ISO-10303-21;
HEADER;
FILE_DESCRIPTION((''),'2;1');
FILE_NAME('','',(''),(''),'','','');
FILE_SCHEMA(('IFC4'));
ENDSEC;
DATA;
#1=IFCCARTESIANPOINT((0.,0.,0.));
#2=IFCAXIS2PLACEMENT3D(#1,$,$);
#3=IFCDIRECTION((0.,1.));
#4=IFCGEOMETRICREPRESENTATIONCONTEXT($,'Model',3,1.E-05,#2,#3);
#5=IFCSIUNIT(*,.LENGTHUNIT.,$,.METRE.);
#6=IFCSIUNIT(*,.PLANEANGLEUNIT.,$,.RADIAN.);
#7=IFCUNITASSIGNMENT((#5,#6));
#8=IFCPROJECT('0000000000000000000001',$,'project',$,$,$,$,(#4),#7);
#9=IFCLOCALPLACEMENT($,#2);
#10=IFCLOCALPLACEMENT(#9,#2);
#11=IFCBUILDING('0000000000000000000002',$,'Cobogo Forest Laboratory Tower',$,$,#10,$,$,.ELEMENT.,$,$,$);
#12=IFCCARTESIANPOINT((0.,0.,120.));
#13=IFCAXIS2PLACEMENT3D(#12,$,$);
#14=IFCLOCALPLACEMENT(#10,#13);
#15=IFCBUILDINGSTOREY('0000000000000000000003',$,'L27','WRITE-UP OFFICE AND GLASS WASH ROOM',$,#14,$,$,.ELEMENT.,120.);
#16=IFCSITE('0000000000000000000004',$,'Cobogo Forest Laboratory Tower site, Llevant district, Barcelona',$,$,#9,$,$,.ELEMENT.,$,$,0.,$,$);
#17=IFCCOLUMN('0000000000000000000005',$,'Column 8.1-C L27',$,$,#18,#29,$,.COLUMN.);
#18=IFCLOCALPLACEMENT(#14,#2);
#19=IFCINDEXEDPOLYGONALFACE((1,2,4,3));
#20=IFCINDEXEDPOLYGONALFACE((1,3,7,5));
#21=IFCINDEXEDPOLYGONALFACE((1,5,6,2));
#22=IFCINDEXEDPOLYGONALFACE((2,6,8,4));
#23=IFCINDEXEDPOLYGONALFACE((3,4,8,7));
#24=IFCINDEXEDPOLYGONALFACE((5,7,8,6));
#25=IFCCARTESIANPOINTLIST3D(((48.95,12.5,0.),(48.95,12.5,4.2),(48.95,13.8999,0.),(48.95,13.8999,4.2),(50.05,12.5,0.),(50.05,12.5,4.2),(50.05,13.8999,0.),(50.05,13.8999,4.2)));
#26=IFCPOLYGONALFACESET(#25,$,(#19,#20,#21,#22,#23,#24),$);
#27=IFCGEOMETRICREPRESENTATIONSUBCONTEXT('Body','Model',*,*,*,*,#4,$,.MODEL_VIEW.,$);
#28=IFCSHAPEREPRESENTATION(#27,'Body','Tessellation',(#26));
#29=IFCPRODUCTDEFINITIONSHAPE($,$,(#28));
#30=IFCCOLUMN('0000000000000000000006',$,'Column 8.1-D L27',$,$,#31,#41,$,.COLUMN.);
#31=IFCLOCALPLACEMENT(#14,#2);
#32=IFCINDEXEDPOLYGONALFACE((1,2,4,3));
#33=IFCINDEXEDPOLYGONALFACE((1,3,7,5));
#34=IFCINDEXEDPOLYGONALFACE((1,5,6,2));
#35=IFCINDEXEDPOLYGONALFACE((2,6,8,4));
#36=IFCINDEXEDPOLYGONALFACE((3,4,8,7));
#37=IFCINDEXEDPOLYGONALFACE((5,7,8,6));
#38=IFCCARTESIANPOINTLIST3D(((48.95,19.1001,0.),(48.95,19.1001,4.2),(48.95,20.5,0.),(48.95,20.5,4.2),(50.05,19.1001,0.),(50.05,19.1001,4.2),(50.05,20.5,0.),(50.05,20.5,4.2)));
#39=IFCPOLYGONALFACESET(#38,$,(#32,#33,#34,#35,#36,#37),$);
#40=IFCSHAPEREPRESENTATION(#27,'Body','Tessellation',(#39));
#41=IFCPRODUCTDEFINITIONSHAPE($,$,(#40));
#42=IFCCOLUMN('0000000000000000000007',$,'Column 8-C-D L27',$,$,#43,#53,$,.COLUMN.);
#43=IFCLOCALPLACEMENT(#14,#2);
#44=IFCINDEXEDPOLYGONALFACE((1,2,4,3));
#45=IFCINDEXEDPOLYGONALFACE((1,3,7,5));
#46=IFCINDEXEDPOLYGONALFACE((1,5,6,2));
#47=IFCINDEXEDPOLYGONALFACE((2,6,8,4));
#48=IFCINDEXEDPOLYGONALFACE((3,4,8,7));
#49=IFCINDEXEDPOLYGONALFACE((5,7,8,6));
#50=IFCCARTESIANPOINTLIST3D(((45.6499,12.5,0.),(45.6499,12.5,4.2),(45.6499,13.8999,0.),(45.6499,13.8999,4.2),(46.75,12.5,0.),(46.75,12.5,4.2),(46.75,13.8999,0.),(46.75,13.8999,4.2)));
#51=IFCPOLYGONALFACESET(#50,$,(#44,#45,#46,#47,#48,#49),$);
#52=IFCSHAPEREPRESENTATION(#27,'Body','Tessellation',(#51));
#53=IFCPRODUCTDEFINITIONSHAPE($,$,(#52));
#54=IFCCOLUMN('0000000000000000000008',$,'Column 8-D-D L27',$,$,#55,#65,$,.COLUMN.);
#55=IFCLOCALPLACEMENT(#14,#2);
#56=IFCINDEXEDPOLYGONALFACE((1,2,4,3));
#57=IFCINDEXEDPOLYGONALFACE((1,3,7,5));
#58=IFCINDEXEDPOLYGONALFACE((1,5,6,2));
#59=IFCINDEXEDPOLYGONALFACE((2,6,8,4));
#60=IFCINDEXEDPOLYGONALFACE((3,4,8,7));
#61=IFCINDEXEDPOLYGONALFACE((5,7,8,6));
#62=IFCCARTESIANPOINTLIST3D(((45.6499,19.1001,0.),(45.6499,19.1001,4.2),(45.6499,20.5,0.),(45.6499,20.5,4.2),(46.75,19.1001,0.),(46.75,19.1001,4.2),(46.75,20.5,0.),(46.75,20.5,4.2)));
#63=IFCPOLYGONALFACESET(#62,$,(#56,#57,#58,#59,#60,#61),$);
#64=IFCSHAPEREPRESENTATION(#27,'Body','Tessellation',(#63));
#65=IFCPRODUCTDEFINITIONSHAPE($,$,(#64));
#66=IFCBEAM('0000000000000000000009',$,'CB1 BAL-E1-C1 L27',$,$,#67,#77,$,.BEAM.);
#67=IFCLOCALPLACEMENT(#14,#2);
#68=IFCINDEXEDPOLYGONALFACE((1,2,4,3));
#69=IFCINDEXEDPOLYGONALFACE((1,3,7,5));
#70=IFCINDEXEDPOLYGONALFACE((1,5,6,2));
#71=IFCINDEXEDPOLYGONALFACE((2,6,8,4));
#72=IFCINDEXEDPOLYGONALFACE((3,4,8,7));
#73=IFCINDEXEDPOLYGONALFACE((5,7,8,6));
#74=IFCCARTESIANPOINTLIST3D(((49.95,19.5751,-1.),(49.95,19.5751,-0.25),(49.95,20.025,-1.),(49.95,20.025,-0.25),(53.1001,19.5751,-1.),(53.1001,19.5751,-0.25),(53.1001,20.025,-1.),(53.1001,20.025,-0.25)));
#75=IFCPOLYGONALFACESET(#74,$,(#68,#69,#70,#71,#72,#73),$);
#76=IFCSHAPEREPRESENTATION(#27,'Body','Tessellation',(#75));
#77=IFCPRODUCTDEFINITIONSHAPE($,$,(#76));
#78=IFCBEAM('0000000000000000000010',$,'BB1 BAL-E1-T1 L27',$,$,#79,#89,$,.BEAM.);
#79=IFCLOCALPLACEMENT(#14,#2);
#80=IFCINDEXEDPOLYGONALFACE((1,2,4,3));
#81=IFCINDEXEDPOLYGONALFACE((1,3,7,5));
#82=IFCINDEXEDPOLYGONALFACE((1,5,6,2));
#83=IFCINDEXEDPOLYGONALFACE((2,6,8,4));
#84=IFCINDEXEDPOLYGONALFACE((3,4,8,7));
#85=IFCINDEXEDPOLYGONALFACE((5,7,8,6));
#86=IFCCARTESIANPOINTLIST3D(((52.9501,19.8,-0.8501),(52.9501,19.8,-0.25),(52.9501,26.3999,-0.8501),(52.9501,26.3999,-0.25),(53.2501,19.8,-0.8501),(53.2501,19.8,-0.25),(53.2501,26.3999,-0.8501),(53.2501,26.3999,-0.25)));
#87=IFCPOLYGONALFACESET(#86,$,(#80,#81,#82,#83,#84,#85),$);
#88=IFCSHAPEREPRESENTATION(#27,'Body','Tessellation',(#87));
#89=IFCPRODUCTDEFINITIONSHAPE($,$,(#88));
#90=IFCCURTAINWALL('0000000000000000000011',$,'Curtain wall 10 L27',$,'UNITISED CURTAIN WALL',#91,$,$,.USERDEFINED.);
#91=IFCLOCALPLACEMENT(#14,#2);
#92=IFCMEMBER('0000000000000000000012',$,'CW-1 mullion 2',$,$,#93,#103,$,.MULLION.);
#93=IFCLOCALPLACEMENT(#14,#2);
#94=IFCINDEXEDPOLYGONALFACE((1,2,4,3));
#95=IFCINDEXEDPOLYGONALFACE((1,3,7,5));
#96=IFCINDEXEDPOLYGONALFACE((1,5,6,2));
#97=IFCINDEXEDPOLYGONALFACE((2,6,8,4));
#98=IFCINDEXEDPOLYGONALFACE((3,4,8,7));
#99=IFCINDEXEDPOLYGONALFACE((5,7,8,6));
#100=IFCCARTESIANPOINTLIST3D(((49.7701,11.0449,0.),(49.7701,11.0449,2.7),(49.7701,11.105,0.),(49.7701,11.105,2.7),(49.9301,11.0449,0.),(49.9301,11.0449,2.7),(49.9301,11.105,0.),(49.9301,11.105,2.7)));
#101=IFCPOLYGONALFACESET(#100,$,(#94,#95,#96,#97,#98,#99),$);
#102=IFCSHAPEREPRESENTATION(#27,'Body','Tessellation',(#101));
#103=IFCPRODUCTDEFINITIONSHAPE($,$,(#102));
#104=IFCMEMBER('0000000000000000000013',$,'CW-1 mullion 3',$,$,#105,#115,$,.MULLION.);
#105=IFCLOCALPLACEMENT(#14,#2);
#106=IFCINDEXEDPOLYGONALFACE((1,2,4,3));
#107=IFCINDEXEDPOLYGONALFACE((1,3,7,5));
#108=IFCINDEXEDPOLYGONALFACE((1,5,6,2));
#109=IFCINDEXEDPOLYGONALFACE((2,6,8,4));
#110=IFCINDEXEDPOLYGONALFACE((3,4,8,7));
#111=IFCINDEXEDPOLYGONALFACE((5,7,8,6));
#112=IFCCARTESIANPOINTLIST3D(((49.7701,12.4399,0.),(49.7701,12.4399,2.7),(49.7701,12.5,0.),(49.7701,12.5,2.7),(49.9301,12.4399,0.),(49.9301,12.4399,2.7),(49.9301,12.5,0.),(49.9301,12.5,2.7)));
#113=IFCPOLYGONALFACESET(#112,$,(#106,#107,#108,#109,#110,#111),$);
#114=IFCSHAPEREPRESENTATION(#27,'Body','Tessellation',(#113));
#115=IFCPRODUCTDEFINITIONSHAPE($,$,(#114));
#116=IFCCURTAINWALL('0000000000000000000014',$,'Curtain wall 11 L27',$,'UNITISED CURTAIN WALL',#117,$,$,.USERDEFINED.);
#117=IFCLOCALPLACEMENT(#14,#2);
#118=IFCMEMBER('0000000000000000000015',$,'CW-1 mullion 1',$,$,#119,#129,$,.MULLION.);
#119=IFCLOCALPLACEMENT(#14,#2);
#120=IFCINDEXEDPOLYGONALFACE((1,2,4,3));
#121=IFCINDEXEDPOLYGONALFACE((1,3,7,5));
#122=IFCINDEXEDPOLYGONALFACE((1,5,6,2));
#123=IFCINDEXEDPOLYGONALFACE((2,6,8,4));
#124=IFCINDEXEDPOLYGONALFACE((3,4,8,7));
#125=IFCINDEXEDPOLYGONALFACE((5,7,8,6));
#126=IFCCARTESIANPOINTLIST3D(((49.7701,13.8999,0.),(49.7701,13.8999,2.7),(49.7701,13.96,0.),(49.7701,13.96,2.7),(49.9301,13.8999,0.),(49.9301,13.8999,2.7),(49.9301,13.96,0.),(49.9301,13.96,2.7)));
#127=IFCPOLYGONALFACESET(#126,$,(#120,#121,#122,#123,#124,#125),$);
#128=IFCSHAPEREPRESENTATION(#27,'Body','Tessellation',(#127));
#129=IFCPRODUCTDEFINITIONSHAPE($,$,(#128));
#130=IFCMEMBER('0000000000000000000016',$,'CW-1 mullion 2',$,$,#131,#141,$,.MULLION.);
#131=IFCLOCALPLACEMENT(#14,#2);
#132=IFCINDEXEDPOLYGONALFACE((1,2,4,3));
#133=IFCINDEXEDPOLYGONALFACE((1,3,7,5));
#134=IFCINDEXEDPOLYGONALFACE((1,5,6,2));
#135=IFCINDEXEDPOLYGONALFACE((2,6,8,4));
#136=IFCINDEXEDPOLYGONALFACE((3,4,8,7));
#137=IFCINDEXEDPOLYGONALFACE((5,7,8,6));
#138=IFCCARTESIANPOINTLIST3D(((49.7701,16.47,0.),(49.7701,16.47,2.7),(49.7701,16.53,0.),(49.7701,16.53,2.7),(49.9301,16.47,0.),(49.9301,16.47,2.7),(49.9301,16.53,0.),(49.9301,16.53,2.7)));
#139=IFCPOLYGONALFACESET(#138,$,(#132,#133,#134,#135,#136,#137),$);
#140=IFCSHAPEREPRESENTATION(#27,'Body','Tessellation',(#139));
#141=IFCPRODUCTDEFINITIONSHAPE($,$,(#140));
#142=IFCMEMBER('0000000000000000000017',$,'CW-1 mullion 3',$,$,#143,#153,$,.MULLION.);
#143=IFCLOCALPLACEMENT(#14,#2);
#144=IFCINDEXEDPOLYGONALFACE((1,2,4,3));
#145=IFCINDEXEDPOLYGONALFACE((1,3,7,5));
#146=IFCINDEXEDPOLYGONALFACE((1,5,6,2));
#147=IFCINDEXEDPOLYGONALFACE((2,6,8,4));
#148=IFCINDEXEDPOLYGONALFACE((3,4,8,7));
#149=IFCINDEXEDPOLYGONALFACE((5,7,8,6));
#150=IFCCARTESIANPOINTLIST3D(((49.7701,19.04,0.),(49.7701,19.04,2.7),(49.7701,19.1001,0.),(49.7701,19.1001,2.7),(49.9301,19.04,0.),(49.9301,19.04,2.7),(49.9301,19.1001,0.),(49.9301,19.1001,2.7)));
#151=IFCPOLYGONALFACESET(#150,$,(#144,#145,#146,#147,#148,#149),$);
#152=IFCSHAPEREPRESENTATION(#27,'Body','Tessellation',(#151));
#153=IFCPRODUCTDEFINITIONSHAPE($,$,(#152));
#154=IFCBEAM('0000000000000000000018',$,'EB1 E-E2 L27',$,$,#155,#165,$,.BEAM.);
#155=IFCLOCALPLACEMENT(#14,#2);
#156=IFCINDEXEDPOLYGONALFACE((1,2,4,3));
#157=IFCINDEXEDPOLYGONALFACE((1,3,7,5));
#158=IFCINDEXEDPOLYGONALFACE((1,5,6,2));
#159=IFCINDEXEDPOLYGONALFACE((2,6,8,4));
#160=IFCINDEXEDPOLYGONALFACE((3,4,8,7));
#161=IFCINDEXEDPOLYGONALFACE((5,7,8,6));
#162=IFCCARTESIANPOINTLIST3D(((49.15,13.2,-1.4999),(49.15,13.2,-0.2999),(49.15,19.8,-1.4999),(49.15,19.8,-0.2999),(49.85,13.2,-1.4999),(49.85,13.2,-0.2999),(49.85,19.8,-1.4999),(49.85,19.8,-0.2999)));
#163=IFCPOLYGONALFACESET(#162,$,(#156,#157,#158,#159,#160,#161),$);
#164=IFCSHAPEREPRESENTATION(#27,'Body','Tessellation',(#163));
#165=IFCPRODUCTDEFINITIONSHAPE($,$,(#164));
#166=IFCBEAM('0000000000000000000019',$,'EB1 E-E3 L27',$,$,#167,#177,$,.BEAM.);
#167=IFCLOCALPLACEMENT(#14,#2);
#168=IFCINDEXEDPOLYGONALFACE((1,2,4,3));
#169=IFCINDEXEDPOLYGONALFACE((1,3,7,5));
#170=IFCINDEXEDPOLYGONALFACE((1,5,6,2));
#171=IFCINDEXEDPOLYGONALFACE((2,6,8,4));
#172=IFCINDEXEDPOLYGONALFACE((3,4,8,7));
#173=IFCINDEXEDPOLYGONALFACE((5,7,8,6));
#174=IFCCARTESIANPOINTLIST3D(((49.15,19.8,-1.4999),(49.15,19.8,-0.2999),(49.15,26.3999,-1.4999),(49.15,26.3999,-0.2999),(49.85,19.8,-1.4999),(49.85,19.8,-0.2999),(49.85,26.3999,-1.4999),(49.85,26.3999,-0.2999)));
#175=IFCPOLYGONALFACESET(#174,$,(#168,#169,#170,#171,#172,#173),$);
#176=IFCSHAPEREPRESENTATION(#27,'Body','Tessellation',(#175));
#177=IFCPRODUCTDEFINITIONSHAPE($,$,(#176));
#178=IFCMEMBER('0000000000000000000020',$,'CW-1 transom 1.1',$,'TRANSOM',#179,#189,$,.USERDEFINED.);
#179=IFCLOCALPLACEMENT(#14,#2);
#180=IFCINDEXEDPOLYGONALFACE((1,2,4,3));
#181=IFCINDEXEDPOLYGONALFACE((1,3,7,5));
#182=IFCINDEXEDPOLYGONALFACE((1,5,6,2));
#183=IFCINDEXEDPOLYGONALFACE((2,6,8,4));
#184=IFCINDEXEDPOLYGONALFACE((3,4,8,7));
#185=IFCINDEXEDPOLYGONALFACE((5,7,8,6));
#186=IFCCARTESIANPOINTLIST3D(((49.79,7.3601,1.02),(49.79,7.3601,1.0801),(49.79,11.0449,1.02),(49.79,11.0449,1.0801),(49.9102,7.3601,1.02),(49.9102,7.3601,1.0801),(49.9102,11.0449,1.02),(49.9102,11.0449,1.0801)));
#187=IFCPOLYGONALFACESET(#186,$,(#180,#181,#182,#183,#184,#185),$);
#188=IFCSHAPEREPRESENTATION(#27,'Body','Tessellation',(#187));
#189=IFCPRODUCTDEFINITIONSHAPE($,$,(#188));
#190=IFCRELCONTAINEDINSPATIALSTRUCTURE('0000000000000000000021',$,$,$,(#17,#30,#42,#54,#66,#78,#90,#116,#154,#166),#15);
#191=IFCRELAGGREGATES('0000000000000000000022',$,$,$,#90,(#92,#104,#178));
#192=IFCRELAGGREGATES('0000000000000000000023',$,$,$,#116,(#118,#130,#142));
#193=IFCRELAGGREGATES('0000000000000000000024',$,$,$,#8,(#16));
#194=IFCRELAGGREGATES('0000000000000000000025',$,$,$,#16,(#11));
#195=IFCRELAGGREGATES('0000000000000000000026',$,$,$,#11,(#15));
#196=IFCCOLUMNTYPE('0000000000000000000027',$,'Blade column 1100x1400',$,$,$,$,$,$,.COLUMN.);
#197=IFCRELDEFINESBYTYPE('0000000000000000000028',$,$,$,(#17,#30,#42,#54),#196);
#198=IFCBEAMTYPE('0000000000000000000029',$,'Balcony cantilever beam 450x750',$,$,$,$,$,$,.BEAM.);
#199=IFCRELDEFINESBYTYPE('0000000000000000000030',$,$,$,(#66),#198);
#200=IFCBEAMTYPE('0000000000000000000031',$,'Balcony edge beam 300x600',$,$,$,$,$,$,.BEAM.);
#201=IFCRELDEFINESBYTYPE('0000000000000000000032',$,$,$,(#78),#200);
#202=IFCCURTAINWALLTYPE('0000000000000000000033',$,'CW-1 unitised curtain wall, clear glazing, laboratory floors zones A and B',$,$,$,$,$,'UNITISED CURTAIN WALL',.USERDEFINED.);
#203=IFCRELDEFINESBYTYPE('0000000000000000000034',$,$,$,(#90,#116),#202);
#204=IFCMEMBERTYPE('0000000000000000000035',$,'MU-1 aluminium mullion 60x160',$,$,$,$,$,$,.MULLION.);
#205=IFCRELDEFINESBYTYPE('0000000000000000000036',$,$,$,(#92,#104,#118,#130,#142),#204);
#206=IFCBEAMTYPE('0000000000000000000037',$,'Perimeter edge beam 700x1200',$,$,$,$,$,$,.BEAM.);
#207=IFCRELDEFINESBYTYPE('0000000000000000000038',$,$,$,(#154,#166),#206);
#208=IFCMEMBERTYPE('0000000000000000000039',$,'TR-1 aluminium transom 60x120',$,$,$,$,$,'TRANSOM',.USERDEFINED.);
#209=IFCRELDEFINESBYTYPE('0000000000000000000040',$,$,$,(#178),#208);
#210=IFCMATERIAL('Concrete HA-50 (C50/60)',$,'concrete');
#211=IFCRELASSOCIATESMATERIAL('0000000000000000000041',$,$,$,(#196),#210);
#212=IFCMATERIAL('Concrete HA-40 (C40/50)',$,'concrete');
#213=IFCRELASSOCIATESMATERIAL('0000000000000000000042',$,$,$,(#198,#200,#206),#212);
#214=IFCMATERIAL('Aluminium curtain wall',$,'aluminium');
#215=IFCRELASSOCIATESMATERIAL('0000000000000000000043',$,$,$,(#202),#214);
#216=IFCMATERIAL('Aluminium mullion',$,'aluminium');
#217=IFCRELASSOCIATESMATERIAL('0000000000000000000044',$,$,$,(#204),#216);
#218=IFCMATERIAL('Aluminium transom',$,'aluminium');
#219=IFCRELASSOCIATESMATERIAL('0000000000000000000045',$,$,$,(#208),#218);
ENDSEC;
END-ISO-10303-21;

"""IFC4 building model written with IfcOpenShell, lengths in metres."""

from ifc_helpers import new_model, si_unit, direction, frame, origin, origin_2d, place, context, subcontext, project, spatial, rectangle, extrude, material, material_profile, profile_set, type_object, element, aggregate, save


model = new_model("IFC4")

# Units and contexts
model_context = context("Model", 3, precision=1e-05, world=origin(), true_north=direction((0.0, 1.0)))
body_context = subcontext(model_context, "Body", "Model", "MODEL_VIEW")
ifc_project = project(units=[si_unit("LENGTHUNIT", "METRE"), si_unit("PLANEANGLEUNIT", "RADIAN")], contexts=[model_context])

# Site, building, storey
site_placement = place(None, origin())
site = spatial("IfcSite", under=ifc_project, at=site_placement, Name="Cobogo Forest Laboratory Tower site, Llevant district, Barcelona", CompositionType="ELEMENT", RefElevation=0.0)
building_placement = place(site_placement, origin())
building = spatial("IfcBuilding", under=site, at=building_placement, Name="Cobogo Forest Laboratory Tower", CompositionType="ELEMENT")
storey_placement = place(building_placement, frame((0.0, 0.0, 120.0)))
storey = spatial("IfcBuildingStorey", under=building, at=storey_placement, Name="L27", Description="WRITE-UP OFFICE AND GLASS WASH ROOM", CompositionType="ELEMENT", Elevation=120.0)

# Columns
ifc_material_1 = material(Name="Concrete HA-50 (C50/60)", Category="concrete")
ifc_material_profile_1 = material_profile(ifc_material_1, rectangle(XDim=1.3999, YDim=1.1001, at=origin_2d()), Name="RC 1100x1400")
ifc_profile_set_1 = profile_set([ifc_material_profile_1], Name="Concrete HA-50 (C50/60)")
column_type = type_object("IfcColumnType", Name="Blade column 1100x1400", PredefinedType="COLUMN", material=ifc_profile_set_1)
for number, where, z_axis, x_axis, name in (
    (1, (49.5, 13.2, 0.0), (0.0, 0.0, 1.0), (0.0, 1.0, 0.0), "Column 8.1-C L27"),
    (2, (49.5, 19.8, 0.0), (0.0, 0.0, 1.0), (0.0, 1.0, 0.0), "Column 8.1-D L27"),
    (3, (46.2, 13.2, 0.0), (0.0, 0.0, 1.0), (0.0, 1.0, 0.0), "Column 8-C-D L27"),
    (4, (46.2, 19.8, 0.0), (0.0, 0.0, 1.0), (0.0, 1.0, 0.0), "Column 8-D-D L27"),
):
    element("IfcColumn", number, at=place(storey_placement, frame(where, z_axis=z_axis, x_axis=x_axis)), inside=storey, type_object=column_type, Name=name, PredefinedType="COLUMN", context=body_context, shape_type="SweptSolid", body=[
        extrude(rectangle(XDim=1.3999, YDim=1.1001, at=origin_2d()), origin(), (0.0, 0.0, 1.0), 4.2),
    ])

# Beams
ifc_material_2 = material(Name="Concrete HA-40 (C40/50)", Category="concrete")
ifc_material_profile_2 = material_profile(ifc_material_2, rectangle(XDim=0.45, YDim=0.75, at=origin_2d()), Name="RC 450x750")
ifc_profile_set_2 = profile_set([ifc_material_profile_2], Name="Concrete HA-40 (C40/50)")
beam_type_1 = type_object("IfcBeamType", Name="Balcony cantilever beam 450x750", PredefinedType="BEAM", material=ifc_profile_set_2)
beam_1_placement = place(storey_placement, frame((49.95, 19.8, -0.625), z_axis=(1.0, 0.0, 0.0), x_axis=(0.0, 1.0, 0.0)))
element("IfcBeam", 5, at=beam_1_placement, inside=storey, type_object=beam_type_1, Name="CB1 BAL-E1-C1 L27", PredefinedType="BEAM", context=body_context, shape_type="SweptSolid", body=[
    extrude(rectangle(XDim=0.45, YDim=0.75, at=origin_2d()), origin(), (0.0, 0.0, 1.0), 3.1501),
])
ifc_material_profile_3 = material_profile(ifc_material_2, rectangle(XDim=0.3, YDim=0.6001, at=origin_2d()), Name="RC 300x600")
ifc_profile_set_3 = profile_set([ifc_material_profile_3], Name="Concrete HA-40 (C40/50)")
beam_type_2 = type_object("IfcBeamType", Name="Balcony edge beam 300x600", PredefinedType="BEAM", material=ifc_profile_set_3)
beam_2_placement = place(storey_placement, frame((53.1001, 19.8, -0.55), z_axis=(0.0, 1.0, 0.0), x_axis=(-1.0, 0.0, 0.0)))
element("IfcBeam", 6, at=beam_2_placement, inside=storey, type_object=beam_type_2, Name="BB1 BAL-E1-T1 L27", PredefinedType="BEAM", context=body_context, shape_type="SweptSolid", body=[
    extrude(rectangle(XDim=0.3, YDim=0.6001, at=origin_2d()), origin(), (0.0, 0.0, 1.0), 6.5999),
])

# Curtain walls, members
ifc_material_3 = material(Name="Aluminium curtain wall", Category="aluminium")
curtain_wall_type = type_object("IfcCurtainWallType", Name="CW-1 unitised curtain wall, clear glazing, laboratory floors zones A and B", ElementType="UNITISED CURTAIN WALL", PredefinedType="USERDEFINED", material=ifc_material_3)
curtain_wall_1_placement = place(storey_placement, origin())
curtain_wall_1 = element("IfcCurtainWall", 7, at=curtain_wall_1_placement, inside=storey, type_object=curtain_wall_type, Name="Curtain wall 10 L27", ObjectType="UNITISED CURTAIN WALL", PredefinedType="USERDEFINED")
ifc_material_4 = material(Name="Aluminium mullion", Category="aluminium")
ifc_material_profile_4 = material_profile(ifc_material_4, rectangle(XDim=0.0601, YDim=0.1599, at=origin_2d()), Name="AL 60x160")
ifc_profile_set_4 = profile_set([ifc_material_profile_4], Name="Aluminium mullion")
member_type_1 = type_object("IfcMemberType", Name="MU-1 aluminium mullion 60x160", PredefinedType="MULLION", material=ifc_profile_set_4)
member_1_placement = place(storey_placement, frame((49.8501, 11.075, 0.0), z_axis=(0.0, 0.0, 1.0), x_axis=(0.0, 1.0, 0.0)))
member_1 = element("IfcMember", 8, at=member_1_placement, type_object=member_type_1, Name="CW-1 mullion 2", PredefinedType="MULLION", context=body_context, shape_type="SweptSolid", body=[
    extrude(rectangle(XDim=0.0601, YDim=0.1599, at=origin_2d()), origin(), (0.0, 0.0, 1.0), 2.7),
])
member_2_placement = place(storey_placement, frame((49.8501, 12.47, 0.0), z_axis=(0.0, 0.0, 1.0), x_axis=(0.0, 1.0, 0.0)))
member_2 = element("IfcMember", 9, at=member_2_placement, type_object=member_type_1, Name="CW-1 mullion 3", PredefinedType="MULLION", context=body_context, shape_type="SweptSolid", body=[
    extrude(rectangle(XDim=0.0601, YDim=0.1599, at=origin_2d()), origin(), (0.0, 0.0, 1.0), 2.7),
])
curtain_wall_2_placement = place(storey_placement, origin())
curtain_wall_2 = element("IfcCurtainWall", 10, at=curtain_wall_2_placement, inside=storey, type_object=curtain_wall_type, Name="Curtain wall 11 L27", ObjectType="UNITISED CURTAIN WALL", PredefinedType="USERDEFINED")
member_3_placement = place(storey_placement, frame((49.8501, 13.9299, 0.0), z_axis=(0.0, 0.0, 1.0), x_axis=(0.0, 1.0, 0.0)))
member_3 = element("IfcMember", 11, at=member_3_placement, type_object=member_type_1, Name="CW-1 mullion 1", PredefinedType="MULLION", context=body_context, shape_type="SweptSolid", body=[
    extrude(rectangle(XDim=0.0601, YDim=0.1599, at=origin_2d()), origin(), (0.0, 0.0, 1.0), 2.7),
])
member_4_placement = place(storey_placement, frame((49.8501, 16.5, 0.0), z_axis=(0.0, 0.0, 1.0), x_axis=(0.0, 1.0, 0.0)))
member_4 = element("IfcMember", 12, at=member_4_placement, type_object=member_type_1, Name="CW-1 mullion 2", PredefinedType="MULLION", context=body_context, shape_type="SweptSolid", body=[
    extrude(rectangle(XDim=0.0601, YDim=0.1599, at=origin_2d()), origin(), (0.0, 0.0, 1.0), 2.7),
])
member_5_placement = place(storey_placement, frame((49.8501, 19.0701, 0.0), z_axis=(0.0, 0.0, 1.0), x_axis=(0.0, 1.0, 0.0)))
member_5 = element("IfcMember", 13, at=member_5_placement, type_object=member_type_1, Name="CW-1 mullion 3", PredefinedType="MULLION", context=body_context, shape_type="SweptSolid", body=[
    extrude(rectangle(XDim=0.0601, YDim=0.1599, at=origin_2d()), origin(), (0.0, 0.0, 1.0), 2.7),
])

# Beams
ifc_material_profile_5 = material_profile(ifc_material_2, rectangle(XDim=0.7, YDim=1.2, at=origin_2d()), Name="RC 700x1200")
ifc_profile_set_5 = profile_set([ifc_material_profile_5], Name="Concrete HA-40 (C40/50)")
beam_type_3 = type_object("IfcBeamType", Name="Perimeter edge beam 700x1200", PredefinedType="BEAM", material=ifc_profile_set_5)
beam_3_placement = place(storey_placement, frame((49.5, 13.2, -0.8999), z_axis=(0.0, 1.0, 0.0), x_axis=(-1.0, 0.0, 0.0)))
element("IfcBeam", 14, at=beam_3_placement, inside=storey, type_object=beam_type_3, Name="EB1 E-E2 L27", PredefinedType="BEAM", context=body_context, shape_type="SweptSolid", body=[
    extrude(rectangle(XDim=0.7, YDim=1.2, at=origin_2d()), origin(), (0.0, 0.0, 1.0), 6.6001),
])
beam_4_placement = place(storey_placement, frame((49.5, 19.8, -0.8999), z_axis=(0.0, 1.0, 0.0), x_axis=(-1.0, 0.0, 0.0)))
element("IfcBeam", 15, at=beam_4_placement, inside=storey, type_object=beam_type_3, Name="EB1 E-E3 L27", PredefinedType="BEAM", context=body_context, shape_type="SweptSolid", body=[
    extrude(rectangle(XDim=0.7, YDim=1.2, at=origin_2d()), origin(), (0.0, 0.0, 1.0), 6.5999),
])

# Member
ifc_material_5 = material(Name="Aluminium transom", Category="aluminium")
ifc_material_profile_6 = material_profile(ifc_material_5, rectangle(XDim=0.1201, YDim=0.0601, at=origin_2d()), Name="AL 60x120")
ifc_profile_set_6 = profile_set([ifc_material_profile_6], Name="Aluminium transom")
member_type_2 = type_object("IfcMemberType", Name="TR-1 aluminium transom 60x120", ElementType="TRANSOM", PredefinedType="USERDEFINED", material=ifc_profile_set_6)
member_6_placement = place(storey_placement, frame((49.8501, 7.3601, 1.05), z_axis=(0.0, 1.0, 0.0), x_axis=(-1.0, 0.0, 0.0)))
member_6 = element("IfcMember", 16, at=member_6_placement, type_object=member_type_2, Name="CW-1 transom 1.1", ObjectType="TRANSOM", PredefinedType="USERDEFINED", context=body_context, shape_type="SweptSolid", body=[
    extrude(rectangle(XDim=0.1201, YDim=0.0601, at=origin_2d()), origin(), (0.0, 0.0, 1.0), 3.6848),
])

aggregate(curtain_wall_1, [member_1, member_2, member_6])
aggregate(curtain_wall_2, [member_3, member_4, member_5])

save(model, "model.ifc")
